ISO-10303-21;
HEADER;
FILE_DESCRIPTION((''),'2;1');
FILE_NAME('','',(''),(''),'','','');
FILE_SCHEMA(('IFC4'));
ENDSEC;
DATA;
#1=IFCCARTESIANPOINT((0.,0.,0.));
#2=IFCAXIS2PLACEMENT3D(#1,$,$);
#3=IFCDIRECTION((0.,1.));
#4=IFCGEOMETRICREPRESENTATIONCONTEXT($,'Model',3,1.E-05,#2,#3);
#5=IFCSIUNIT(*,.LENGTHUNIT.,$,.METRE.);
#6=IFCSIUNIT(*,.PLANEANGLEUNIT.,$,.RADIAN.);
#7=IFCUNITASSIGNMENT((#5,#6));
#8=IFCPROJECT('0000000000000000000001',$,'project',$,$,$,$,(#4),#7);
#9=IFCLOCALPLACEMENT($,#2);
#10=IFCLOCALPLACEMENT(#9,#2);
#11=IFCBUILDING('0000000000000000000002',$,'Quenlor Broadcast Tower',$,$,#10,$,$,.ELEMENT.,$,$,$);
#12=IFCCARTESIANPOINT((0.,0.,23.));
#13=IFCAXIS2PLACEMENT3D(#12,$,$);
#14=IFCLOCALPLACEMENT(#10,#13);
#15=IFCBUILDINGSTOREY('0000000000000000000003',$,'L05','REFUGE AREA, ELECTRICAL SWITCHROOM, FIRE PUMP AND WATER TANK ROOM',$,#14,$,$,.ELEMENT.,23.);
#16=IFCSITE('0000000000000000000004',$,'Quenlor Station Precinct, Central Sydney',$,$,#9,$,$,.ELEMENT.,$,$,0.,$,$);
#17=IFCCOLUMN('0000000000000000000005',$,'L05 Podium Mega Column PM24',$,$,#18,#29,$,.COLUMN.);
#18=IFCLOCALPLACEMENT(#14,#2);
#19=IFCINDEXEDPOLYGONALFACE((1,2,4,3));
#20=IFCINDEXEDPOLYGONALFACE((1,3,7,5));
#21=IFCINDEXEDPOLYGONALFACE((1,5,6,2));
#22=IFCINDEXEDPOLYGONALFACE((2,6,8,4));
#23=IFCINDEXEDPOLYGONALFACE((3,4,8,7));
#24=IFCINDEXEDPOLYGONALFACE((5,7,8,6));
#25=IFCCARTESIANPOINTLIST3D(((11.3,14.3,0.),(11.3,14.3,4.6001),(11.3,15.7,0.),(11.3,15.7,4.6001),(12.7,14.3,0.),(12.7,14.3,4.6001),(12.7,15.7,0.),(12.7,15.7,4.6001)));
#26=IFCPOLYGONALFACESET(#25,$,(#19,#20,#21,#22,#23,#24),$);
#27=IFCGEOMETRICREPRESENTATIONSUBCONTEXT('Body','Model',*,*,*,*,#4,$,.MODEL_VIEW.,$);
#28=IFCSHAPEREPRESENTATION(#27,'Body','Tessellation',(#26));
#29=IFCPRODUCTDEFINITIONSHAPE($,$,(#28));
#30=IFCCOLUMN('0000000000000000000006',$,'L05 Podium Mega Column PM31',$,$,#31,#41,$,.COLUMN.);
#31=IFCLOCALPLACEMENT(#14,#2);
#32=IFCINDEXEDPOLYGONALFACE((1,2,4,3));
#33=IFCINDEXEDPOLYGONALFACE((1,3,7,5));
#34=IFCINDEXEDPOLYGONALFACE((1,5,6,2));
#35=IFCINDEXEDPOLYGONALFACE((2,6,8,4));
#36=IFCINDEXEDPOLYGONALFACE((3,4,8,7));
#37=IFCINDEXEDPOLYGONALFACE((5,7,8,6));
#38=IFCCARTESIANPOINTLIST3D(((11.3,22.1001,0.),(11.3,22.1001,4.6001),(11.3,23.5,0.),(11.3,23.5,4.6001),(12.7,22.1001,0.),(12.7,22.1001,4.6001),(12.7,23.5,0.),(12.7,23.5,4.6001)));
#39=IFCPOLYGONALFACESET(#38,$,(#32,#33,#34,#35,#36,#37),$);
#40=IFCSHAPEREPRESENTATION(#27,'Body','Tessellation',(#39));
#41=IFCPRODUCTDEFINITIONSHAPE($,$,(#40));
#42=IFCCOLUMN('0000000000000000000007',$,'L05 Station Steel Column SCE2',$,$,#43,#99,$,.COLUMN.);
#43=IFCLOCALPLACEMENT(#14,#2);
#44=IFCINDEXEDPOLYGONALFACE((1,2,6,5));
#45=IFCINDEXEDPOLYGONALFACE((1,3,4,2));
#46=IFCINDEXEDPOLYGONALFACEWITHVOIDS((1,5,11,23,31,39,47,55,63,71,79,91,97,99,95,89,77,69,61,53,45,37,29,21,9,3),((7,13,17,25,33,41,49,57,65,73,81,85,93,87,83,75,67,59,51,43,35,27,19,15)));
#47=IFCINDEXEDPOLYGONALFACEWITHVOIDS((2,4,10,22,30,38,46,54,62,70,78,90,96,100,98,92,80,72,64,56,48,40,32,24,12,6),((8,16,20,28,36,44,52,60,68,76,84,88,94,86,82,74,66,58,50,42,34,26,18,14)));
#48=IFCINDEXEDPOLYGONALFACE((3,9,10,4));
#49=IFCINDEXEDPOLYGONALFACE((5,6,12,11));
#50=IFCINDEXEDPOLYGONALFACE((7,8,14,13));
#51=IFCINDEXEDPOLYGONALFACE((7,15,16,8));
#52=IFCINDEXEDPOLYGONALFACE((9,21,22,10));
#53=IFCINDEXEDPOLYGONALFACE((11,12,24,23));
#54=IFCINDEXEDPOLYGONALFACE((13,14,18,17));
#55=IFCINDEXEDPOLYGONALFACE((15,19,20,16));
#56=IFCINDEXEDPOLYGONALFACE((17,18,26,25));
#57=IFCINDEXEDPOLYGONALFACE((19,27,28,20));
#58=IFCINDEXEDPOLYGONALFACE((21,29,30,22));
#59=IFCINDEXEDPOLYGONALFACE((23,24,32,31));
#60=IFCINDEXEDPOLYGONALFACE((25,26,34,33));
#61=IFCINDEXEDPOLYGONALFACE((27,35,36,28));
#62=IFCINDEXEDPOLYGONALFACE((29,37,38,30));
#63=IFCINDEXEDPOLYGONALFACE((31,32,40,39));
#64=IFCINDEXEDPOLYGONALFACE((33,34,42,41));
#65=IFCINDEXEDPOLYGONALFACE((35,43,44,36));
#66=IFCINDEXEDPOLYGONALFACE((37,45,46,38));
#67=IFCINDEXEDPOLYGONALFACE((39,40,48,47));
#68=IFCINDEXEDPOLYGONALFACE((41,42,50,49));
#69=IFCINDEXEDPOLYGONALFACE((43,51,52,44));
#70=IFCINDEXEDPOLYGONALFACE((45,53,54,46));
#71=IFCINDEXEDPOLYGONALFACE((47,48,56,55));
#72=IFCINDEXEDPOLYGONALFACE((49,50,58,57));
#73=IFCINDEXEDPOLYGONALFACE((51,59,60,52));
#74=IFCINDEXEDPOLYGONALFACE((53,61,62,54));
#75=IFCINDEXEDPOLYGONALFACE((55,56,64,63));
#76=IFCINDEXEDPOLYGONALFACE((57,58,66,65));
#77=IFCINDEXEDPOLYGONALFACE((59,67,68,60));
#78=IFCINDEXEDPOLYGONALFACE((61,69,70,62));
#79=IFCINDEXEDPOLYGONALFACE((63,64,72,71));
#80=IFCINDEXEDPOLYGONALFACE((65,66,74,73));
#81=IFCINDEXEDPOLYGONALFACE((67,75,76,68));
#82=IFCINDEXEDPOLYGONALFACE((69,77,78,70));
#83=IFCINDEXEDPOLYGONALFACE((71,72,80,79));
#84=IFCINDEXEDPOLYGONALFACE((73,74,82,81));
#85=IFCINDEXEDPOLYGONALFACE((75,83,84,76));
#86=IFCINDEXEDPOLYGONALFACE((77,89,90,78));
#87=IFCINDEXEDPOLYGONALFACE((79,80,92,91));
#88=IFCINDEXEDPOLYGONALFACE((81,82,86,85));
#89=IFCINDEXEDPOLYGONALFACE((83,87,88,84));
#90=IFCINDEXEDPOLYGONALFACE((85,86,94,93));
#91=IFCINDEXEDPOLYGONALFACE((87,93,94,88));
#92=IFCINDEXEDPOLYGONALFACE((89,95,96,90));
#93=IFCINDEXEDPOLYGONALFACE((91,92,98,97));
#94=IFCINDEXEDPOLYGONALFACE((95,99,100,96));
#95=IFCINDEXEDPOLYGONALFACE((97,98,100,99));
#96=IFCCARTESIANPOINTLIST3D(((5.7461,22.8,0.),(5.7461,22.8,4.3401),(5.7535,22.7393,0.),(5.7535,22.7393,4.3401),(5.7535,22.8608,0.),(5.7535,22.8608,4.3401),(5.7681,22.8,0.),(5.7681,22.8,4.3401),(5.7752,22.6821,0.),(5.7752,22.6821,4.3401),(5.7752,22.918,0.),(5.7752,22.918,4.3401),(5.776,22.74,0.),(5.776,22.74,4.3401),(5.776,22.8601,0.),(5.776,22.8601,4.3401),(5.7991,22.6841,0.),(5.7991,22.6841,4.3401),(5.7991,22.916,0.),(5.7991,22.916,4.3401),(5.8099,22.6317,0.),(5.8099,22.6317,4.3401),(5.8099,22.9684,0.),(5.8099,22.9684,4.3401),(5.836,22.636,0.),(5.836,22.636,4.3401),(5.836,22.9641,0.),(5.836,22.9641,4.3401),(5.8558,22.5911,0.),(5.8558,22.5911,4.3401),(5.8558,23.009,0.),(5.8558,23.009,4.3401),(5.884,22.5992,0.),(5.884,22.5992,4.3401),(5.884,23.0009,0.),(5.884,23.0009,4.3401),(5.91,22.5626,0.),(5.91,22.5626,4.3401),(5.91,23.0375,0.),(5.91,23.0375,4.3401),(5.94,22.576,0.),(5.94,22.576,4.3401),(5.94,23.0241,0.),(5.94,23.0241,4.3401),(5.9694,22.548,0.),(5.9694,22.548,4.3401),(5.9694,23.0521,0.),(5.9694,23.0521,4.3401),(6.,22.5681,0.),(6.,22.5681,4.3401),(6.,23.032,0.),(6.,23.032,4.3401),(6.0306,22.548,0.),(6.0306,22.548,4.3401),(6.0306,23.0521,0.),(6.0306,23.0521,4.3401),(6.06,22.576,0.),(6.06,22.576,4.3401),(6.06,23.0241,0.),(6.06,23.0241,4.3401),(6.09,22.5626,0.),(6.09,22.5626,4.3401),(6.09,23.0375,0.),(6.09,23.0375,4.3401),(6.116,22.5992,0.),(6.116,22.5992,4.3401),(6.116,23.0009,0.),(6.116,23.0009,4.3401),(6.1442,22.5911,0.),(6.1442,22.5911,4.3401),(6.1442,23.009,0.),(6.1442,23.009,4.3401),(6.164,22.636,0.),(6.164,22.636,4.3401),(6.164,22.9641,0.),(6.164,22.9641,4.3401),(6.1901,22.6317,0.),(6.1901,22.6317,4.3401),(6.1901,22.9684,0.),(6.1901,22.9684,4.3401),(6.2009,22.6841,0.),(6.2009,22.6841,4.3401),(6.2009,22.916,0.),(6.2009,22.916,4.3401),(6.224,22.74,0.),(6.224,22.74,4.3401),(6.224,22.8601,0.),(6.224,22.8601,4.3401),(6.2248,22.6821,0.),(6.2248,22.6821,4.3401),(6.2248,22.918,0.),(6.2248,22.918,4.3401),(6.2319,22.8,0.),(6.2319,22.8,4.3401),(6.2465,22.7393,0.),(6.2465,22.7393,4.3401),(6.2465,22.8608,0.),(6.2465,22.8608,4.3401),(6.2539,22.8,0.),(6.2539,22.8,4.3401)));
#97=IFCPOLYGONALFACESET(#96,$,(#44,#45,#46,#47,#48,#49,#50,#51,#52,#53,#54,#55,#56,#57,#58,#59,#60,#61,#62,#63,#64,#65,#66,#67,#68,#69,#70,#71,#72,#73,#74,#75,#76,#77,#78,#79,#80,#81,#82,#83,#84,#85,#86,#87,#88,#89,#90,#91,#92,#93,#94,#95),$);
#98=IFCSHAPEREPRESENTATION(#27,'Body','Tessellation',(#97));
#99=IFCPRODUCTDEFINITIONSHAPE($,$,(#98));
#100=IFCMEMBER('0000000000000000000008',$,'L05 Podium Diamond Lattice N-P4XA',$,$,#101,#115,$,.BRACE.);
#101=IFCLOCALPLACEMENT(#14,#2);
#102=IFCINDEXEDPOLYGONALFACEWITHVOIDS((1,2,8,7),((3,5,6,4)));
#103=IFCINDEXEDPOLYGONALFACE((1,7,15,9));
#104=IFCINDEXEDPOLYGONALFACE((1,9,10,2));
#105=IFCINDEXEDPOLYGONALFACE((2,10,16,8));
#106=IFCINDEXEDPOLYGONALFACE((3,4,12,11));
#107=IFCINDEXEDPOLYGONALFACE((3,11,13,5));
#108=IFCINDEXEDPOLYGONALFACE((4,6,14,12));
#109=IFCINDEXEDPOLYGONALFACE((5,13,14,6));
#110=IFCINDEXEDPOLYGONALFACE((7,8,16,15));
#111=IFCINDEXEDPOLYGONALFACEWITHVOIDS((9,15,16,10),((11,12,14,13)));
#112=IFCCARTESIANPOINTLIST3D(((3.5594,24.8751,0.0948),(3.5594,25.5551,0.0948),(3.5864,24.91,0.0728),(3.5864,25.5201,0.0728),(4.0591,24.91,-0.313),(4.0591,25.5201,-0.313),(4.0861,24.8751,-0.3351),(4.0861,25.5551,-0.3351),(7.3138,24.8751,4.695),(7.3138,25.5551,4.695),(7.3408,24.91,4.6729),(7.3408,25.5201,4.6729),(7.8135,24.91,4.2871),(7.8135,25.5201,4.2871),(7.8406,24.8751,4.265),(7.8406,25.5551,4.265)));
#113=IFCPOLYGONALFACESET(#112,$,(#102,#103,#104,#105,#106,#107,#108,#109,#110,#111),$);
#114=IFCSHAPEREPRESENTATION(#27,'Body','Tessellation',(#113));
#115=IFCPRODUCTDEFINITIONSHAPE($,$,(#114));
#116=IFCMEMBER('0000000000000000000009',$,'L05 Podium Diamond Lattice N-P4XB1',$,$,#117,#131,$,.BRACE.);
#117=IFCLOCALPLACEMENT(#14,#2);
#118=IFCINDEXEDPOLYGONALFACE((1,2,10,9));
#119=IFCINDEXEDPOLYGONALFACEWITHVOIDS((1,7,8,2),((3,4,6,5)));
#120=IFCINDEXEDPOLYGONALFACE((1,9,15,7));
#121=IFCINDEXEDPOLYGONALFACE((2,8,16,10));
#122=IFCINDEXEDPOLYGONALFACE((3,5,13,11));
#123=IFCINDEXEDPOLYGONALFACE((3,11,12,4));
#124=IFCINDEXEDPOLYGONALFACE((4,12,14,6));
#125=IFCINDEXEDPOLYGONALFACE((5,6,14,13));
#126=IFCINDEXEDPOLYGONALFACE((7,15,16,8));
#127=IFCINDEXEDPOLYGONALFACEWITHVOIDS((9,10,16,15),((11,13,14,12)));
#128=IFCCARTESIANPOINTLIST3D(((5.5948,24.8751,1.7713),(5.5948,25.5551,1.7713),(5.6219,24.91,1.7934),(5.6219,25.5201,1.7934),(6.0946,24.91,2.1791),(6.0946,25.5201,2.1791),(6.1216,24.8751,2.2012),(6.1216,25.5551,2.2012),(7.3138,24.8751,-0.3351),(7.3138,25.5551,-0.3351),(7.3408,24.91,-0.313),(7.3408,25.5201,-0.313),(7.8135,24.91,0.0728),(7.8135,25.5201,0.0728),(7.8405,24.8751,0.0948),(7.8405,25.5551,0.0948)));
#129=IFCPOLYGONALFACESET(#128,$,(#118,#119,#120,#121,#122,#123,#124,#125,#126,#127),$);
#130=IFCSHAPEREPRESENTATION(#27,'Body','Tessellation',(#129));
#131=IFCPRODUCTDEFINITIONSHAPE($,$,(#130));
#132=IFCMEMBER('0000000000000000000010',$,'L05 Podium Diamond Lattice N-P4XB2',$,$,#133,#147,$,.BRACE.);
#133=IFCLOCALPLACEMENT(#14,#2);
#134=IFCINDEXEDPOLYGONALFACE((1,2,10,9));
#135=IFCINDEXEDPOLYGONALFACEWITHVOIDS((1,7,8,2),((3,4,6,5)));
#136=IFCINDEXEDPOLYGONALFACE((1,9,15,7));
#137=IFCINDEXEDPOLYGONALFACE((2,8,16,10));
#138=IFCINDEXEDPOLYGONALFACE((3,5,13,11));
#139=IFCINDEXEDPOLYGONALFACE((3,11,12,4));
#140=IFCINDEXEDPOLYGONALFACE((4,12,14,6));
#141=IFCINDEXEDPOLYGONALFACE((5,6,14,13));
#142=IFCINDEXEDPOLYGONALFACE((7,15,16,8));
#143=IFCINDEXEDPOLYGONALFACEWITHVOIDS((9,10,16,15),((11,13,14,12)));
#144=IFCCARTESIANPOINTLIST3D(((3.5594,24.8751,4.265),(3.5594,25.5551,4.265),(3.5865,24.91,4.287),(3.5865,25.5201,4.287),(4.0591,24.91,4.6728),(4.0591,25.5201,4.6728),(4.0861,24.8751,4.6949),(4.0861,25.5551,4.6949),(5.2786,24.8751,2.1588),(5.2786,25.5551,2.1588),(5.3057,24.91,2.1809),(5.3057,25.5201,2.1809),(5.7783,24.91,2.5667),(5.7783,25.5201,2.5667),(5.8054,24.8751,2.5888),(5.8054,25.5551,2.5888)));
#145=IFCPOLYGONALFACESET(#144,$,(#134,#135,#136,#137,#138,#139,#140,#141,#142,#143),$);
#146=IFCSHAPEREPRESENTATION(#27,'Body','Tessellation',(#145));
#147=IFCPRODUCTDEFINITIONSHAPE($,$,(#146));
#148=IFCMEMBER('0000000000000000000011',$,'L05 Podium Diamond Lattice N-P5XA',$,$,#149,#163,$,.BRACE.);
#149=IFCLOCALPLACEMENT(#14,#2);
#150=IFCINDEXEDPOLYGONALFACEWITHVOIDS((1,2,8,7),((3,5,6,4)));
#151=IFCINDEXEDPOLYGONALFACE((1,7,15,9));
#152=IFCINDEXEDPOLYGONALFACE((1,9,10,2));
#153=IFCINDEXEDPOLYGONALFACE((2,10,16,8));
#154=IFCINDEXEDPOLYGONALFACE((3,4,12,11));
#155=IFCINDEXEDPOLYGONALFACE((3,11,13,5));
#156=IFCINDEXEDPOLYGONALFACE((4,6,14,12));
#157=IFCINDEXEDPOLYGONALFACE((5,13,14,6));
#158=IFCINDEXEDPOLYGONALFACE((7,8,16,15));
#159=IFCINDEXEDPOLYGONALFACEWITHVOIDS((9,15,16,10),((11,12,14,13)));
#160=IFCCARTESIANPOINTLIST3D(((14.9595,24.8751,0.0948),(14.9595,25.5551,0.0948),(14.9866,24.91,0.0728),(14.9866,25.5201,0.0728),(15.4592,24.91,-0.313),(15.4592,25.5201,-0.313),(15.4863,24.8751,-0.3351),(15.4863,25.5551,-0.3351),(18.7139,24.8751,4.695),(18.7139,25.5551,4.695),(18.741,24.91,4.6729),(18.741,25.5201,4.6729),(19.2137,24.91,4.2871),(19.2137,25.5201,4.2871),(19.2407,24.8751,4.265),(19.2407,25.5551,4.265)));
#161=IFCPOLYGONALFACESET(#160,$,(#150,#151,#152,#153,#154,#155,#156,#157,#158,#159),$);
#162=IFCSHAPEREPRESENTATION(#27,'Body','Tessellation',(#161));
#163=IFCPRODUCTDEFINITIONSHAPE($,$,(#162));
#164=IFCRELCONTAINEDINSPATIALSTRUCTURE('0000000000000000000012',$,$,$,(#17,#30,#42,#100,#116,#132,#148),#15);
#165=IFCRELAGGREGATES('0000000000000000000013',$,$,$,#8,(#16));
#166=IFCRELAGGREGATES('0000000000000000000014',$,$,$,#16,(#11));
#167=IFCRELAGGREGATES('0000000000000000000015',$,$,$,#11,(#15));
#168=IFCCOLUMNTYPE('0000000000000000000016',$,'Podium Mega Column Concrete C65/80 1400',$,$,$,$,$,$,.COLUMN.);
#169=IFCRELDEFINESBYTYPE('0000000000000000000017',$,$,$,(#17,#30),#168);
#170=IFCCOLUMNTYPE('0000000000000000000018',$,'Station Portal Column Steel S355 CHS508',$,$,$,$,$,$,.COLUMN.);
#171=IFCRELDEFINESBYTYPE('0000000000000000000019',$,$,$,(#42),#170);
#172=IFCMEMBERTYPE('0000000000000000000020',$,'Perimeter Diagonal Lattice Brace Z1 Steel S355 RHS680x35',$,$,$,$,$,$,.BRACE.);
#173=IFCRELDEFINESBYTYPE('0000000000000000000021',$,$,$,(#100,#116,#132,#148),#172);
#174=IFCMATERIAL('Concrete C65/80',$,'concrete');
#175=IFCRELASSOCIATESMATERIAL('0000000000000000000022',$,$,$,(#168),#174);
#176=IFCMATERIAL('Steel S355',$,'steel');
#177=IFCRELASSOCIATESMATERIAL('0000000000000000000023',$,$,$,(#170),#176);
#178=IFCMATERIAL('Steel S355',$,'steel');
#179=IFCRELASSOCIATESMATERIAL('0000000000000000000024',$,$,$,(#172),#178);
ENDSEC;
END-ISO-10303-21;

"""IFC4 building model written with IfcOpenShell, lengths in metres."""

from ifc_helpers import new_model, si_unit, direction, frame, origin, origin_2d, place, context, subcontext, project, spatial, rectangle, hollow_rectangle, hollow_circle, extrude, material, material_profile, profile_set, type_object, element, save


model = new_model("IFC4")

# Units and contexts
model_context = context("Model", 3, precision=1e-05, world=origin(), true_north=direction((0.0, 1.0)))
body_context = subcontext(model_context, "Body", "Model", "MODEL_VIEW")
ifc_project = project(units=[si_unit("LENGTHUNIT", "METRE"), si_unit("PLANEANGLEUNIT", "RADIAN")], contexts=[model_context])

# Site, building, storey
site_placement = place(None, origin())
site = spatial("IfcSite", under=ifc_project, at=site_placement, Name="Quenlor Station Precinct, Central Sydney", CompositionType="ELEMENT", RefElevation=0.0)
building_placement = place(site_placement, origin())
building = spatial("IfcBuilding", under=site, at=building_placement, Name="Quenlor Broadcast Tower", CompositionType="ELEMENT")
storey_placement = place(building_placement, frame((0.0, 0.0, 23.0)))
storey = spatial("IfcBuildingStorey", under=building, at=storey_placement, Name="L05", Description="REFUGE AREA, ELECTRICAL SWITCHROOM, FIRE PUMP AND WATER TANK ROOM", CompositionType="ELEMENT", Elevation=23.0)

# Columns
ifc_material_1 = material(Name="Concrete C65/80", Category="concrete")
ifc_material_profile_1 = material_profile(ifc_material_1, rectangle(XDim=1.3999, YDim=1.3999, at=origin_2d()))
ifc_profile_set_1 = profile_set([ifc_material_profile_1], Name="Concrete C65/80 RC1400x1400")
column_type_1 = type_object("IfcColumnType", Name="Podium Mega Column Concrete C65/80 1400", PredefinedType="COLUMN", material=ifc_profile_set_1)
for number, where, z_axis, x_axis, name in (
    (1, (12.0, 15.0, 0.0), (0.0, 0.0, 1.0), (1.0, 0.0, 0.0), "L05 Podium Mega Column PM24"),
    (2, (12.0, 22.8, 0.0), (0.0, 0.0, 1.0), (1.0, 0.0, 0.0), "L05 Podium Mega Column PM31"),
):
    element("IfcColumn", number, at=place(storey_placement, frame(where, z_axis=z_axis, x_axis=x_axis)), inside=storey, type_object=column_type_1, Name=name, PredefinedType="COLUMN", context=body_context, shape_type="SweptSolid", body=[
        extrude(rectangle(XDim=1.3999, YDim=1.3999, at=origin_2d()), origin(), (0.0, 0.0, 1.0), 4.6001),
    ])
ifc_material_2 = material(Name="Steel S355", Category="steel")
ifc_material_profile_2 = material_profile(ifc_material_2, hollow_circle(Radius=0.2539, WallThickness=0.022, at=origin_2d()))
ifc_profile_set_2 = profile_set([ifc_material_profile_2], Name="Steel S355 CHS508x22")
column_type_2 = type_object("IfcColumnType", Name="Station Portal Column Steel S355 CHS508", PredefinedType="COLUMN", material=ifc_profile_set_2)
column_placement = place(storey_placement, frame((6.0, 22.8, 0.0), z_axis=(0.0, 0.0, 1.0), x_axis=(1.0, 0.0, 0.0)))
element("IfcColumn", 3, at=column_placement, inside=storey, type_object=column_type_2, Name="L05 Station Steel Column SCE2", PredefinedType="COLUMN", context=body_context, shape_type="SweptSolid", body=[
    extrude(hollow_circle(Radius=0.2539, WallThickness=0.022, at=origin_2d()), origin(), (0.0, 0.0, 1.0), 4.3401),
])

# Members
ifc_material_3 = material(Name="Steel S355", Category="steel")
ifc_material_profile_3 = material_profile(ifc_material_3, hollow_rectangle(XDim=0.6799, YDim=0.6799, WallThickness=0.0349, at=origin_2d()))
ifc_profile_set_3 = profile_set([ifc_material_profile_3], Name="Steel S355 RHS680x680x35")
member_type_1 = type_object("IfcMemberType", Name="Perimeter Diagonal Lattice Brace Z1 Steel S355 RHS680x35", PredefinedType="BRACE", material=ifc_profile_set_3)
member_1_placement = place(storey_placement, frame((3.8228, 25.2151, -0.1201), z_axis=(0.632297, 0.0, 0.774726), x_axis=(0.0, 1.0, 0.0)))
element("IfcMember", 4, at=member_1_placement, inside=storey, type_object=member_type_1, Name="L05 Podium Diamond Lattice N-P4XA", PredefinedType="BRACE", context=body_context, shape_type="SweptSolid", body=[
    extrude(hollow_rectangle(XDim=0.6799, YDim=0.6799, WallThickness=0.0349, at=origin_2d()), origin(), (0.0, 0.0, 1.0), 5.9377),
])
for number, where, z_axis, x_axis, name in (
    (5, (7.5771, 25.2151, -0.1201), (-0.632254, 0.0, 0.774761), (0.0, -1.0, 0.0), "L05 Podium Diamond Lattice N-P4XB1"),
    (6, (5.542, 25.2151, 2.3738), (-0.632352, 0.0, 0.774681), (0.0, -1.0, 0.0), "L05 Podium Diamond Lattice N-P4XB2"),
):
    element("IfcMember", number, at=place(storey_placement, frame(where, z_axis=z_axis, x_axis=x_axis)), inside=storey, type_object=member_type_1, Name=name, PredefinedType="BRACE", context=body_context, shape_type="SweptSolid", body=[
        extrude(hollow_rectangle(XDim=0.6799, YDim=0.6799, WallThickness=0.0349, at=origin_2d()), origin(), (0.0, 0.0, 1.0), 2.7188),
    ])
member_2_placement = place(storey_placement, frame((15.2229, 25.2151, -0.1201), z_axis=(0.632297, 0.0, 0.774726), x_axis=(0.0, 1.0, 0.0)))
element("IfcMember", 7, at=member_2_placement, inside=storey, type_object=member_type_1, Name="L05 Podium Diamond Lattice N-P5XA", PredefinedType="BRACE", context=body_context, shape_type="SweptSolid", body=[
    extrude(hollow_rectangle(XDim=0.6799, YDim=0.6799, WallThickness=0.0349, at=origin_2d()), origin(), (0.0, 0.0, 1.0), 5.9377),
])

save(model, "model.ifc")
